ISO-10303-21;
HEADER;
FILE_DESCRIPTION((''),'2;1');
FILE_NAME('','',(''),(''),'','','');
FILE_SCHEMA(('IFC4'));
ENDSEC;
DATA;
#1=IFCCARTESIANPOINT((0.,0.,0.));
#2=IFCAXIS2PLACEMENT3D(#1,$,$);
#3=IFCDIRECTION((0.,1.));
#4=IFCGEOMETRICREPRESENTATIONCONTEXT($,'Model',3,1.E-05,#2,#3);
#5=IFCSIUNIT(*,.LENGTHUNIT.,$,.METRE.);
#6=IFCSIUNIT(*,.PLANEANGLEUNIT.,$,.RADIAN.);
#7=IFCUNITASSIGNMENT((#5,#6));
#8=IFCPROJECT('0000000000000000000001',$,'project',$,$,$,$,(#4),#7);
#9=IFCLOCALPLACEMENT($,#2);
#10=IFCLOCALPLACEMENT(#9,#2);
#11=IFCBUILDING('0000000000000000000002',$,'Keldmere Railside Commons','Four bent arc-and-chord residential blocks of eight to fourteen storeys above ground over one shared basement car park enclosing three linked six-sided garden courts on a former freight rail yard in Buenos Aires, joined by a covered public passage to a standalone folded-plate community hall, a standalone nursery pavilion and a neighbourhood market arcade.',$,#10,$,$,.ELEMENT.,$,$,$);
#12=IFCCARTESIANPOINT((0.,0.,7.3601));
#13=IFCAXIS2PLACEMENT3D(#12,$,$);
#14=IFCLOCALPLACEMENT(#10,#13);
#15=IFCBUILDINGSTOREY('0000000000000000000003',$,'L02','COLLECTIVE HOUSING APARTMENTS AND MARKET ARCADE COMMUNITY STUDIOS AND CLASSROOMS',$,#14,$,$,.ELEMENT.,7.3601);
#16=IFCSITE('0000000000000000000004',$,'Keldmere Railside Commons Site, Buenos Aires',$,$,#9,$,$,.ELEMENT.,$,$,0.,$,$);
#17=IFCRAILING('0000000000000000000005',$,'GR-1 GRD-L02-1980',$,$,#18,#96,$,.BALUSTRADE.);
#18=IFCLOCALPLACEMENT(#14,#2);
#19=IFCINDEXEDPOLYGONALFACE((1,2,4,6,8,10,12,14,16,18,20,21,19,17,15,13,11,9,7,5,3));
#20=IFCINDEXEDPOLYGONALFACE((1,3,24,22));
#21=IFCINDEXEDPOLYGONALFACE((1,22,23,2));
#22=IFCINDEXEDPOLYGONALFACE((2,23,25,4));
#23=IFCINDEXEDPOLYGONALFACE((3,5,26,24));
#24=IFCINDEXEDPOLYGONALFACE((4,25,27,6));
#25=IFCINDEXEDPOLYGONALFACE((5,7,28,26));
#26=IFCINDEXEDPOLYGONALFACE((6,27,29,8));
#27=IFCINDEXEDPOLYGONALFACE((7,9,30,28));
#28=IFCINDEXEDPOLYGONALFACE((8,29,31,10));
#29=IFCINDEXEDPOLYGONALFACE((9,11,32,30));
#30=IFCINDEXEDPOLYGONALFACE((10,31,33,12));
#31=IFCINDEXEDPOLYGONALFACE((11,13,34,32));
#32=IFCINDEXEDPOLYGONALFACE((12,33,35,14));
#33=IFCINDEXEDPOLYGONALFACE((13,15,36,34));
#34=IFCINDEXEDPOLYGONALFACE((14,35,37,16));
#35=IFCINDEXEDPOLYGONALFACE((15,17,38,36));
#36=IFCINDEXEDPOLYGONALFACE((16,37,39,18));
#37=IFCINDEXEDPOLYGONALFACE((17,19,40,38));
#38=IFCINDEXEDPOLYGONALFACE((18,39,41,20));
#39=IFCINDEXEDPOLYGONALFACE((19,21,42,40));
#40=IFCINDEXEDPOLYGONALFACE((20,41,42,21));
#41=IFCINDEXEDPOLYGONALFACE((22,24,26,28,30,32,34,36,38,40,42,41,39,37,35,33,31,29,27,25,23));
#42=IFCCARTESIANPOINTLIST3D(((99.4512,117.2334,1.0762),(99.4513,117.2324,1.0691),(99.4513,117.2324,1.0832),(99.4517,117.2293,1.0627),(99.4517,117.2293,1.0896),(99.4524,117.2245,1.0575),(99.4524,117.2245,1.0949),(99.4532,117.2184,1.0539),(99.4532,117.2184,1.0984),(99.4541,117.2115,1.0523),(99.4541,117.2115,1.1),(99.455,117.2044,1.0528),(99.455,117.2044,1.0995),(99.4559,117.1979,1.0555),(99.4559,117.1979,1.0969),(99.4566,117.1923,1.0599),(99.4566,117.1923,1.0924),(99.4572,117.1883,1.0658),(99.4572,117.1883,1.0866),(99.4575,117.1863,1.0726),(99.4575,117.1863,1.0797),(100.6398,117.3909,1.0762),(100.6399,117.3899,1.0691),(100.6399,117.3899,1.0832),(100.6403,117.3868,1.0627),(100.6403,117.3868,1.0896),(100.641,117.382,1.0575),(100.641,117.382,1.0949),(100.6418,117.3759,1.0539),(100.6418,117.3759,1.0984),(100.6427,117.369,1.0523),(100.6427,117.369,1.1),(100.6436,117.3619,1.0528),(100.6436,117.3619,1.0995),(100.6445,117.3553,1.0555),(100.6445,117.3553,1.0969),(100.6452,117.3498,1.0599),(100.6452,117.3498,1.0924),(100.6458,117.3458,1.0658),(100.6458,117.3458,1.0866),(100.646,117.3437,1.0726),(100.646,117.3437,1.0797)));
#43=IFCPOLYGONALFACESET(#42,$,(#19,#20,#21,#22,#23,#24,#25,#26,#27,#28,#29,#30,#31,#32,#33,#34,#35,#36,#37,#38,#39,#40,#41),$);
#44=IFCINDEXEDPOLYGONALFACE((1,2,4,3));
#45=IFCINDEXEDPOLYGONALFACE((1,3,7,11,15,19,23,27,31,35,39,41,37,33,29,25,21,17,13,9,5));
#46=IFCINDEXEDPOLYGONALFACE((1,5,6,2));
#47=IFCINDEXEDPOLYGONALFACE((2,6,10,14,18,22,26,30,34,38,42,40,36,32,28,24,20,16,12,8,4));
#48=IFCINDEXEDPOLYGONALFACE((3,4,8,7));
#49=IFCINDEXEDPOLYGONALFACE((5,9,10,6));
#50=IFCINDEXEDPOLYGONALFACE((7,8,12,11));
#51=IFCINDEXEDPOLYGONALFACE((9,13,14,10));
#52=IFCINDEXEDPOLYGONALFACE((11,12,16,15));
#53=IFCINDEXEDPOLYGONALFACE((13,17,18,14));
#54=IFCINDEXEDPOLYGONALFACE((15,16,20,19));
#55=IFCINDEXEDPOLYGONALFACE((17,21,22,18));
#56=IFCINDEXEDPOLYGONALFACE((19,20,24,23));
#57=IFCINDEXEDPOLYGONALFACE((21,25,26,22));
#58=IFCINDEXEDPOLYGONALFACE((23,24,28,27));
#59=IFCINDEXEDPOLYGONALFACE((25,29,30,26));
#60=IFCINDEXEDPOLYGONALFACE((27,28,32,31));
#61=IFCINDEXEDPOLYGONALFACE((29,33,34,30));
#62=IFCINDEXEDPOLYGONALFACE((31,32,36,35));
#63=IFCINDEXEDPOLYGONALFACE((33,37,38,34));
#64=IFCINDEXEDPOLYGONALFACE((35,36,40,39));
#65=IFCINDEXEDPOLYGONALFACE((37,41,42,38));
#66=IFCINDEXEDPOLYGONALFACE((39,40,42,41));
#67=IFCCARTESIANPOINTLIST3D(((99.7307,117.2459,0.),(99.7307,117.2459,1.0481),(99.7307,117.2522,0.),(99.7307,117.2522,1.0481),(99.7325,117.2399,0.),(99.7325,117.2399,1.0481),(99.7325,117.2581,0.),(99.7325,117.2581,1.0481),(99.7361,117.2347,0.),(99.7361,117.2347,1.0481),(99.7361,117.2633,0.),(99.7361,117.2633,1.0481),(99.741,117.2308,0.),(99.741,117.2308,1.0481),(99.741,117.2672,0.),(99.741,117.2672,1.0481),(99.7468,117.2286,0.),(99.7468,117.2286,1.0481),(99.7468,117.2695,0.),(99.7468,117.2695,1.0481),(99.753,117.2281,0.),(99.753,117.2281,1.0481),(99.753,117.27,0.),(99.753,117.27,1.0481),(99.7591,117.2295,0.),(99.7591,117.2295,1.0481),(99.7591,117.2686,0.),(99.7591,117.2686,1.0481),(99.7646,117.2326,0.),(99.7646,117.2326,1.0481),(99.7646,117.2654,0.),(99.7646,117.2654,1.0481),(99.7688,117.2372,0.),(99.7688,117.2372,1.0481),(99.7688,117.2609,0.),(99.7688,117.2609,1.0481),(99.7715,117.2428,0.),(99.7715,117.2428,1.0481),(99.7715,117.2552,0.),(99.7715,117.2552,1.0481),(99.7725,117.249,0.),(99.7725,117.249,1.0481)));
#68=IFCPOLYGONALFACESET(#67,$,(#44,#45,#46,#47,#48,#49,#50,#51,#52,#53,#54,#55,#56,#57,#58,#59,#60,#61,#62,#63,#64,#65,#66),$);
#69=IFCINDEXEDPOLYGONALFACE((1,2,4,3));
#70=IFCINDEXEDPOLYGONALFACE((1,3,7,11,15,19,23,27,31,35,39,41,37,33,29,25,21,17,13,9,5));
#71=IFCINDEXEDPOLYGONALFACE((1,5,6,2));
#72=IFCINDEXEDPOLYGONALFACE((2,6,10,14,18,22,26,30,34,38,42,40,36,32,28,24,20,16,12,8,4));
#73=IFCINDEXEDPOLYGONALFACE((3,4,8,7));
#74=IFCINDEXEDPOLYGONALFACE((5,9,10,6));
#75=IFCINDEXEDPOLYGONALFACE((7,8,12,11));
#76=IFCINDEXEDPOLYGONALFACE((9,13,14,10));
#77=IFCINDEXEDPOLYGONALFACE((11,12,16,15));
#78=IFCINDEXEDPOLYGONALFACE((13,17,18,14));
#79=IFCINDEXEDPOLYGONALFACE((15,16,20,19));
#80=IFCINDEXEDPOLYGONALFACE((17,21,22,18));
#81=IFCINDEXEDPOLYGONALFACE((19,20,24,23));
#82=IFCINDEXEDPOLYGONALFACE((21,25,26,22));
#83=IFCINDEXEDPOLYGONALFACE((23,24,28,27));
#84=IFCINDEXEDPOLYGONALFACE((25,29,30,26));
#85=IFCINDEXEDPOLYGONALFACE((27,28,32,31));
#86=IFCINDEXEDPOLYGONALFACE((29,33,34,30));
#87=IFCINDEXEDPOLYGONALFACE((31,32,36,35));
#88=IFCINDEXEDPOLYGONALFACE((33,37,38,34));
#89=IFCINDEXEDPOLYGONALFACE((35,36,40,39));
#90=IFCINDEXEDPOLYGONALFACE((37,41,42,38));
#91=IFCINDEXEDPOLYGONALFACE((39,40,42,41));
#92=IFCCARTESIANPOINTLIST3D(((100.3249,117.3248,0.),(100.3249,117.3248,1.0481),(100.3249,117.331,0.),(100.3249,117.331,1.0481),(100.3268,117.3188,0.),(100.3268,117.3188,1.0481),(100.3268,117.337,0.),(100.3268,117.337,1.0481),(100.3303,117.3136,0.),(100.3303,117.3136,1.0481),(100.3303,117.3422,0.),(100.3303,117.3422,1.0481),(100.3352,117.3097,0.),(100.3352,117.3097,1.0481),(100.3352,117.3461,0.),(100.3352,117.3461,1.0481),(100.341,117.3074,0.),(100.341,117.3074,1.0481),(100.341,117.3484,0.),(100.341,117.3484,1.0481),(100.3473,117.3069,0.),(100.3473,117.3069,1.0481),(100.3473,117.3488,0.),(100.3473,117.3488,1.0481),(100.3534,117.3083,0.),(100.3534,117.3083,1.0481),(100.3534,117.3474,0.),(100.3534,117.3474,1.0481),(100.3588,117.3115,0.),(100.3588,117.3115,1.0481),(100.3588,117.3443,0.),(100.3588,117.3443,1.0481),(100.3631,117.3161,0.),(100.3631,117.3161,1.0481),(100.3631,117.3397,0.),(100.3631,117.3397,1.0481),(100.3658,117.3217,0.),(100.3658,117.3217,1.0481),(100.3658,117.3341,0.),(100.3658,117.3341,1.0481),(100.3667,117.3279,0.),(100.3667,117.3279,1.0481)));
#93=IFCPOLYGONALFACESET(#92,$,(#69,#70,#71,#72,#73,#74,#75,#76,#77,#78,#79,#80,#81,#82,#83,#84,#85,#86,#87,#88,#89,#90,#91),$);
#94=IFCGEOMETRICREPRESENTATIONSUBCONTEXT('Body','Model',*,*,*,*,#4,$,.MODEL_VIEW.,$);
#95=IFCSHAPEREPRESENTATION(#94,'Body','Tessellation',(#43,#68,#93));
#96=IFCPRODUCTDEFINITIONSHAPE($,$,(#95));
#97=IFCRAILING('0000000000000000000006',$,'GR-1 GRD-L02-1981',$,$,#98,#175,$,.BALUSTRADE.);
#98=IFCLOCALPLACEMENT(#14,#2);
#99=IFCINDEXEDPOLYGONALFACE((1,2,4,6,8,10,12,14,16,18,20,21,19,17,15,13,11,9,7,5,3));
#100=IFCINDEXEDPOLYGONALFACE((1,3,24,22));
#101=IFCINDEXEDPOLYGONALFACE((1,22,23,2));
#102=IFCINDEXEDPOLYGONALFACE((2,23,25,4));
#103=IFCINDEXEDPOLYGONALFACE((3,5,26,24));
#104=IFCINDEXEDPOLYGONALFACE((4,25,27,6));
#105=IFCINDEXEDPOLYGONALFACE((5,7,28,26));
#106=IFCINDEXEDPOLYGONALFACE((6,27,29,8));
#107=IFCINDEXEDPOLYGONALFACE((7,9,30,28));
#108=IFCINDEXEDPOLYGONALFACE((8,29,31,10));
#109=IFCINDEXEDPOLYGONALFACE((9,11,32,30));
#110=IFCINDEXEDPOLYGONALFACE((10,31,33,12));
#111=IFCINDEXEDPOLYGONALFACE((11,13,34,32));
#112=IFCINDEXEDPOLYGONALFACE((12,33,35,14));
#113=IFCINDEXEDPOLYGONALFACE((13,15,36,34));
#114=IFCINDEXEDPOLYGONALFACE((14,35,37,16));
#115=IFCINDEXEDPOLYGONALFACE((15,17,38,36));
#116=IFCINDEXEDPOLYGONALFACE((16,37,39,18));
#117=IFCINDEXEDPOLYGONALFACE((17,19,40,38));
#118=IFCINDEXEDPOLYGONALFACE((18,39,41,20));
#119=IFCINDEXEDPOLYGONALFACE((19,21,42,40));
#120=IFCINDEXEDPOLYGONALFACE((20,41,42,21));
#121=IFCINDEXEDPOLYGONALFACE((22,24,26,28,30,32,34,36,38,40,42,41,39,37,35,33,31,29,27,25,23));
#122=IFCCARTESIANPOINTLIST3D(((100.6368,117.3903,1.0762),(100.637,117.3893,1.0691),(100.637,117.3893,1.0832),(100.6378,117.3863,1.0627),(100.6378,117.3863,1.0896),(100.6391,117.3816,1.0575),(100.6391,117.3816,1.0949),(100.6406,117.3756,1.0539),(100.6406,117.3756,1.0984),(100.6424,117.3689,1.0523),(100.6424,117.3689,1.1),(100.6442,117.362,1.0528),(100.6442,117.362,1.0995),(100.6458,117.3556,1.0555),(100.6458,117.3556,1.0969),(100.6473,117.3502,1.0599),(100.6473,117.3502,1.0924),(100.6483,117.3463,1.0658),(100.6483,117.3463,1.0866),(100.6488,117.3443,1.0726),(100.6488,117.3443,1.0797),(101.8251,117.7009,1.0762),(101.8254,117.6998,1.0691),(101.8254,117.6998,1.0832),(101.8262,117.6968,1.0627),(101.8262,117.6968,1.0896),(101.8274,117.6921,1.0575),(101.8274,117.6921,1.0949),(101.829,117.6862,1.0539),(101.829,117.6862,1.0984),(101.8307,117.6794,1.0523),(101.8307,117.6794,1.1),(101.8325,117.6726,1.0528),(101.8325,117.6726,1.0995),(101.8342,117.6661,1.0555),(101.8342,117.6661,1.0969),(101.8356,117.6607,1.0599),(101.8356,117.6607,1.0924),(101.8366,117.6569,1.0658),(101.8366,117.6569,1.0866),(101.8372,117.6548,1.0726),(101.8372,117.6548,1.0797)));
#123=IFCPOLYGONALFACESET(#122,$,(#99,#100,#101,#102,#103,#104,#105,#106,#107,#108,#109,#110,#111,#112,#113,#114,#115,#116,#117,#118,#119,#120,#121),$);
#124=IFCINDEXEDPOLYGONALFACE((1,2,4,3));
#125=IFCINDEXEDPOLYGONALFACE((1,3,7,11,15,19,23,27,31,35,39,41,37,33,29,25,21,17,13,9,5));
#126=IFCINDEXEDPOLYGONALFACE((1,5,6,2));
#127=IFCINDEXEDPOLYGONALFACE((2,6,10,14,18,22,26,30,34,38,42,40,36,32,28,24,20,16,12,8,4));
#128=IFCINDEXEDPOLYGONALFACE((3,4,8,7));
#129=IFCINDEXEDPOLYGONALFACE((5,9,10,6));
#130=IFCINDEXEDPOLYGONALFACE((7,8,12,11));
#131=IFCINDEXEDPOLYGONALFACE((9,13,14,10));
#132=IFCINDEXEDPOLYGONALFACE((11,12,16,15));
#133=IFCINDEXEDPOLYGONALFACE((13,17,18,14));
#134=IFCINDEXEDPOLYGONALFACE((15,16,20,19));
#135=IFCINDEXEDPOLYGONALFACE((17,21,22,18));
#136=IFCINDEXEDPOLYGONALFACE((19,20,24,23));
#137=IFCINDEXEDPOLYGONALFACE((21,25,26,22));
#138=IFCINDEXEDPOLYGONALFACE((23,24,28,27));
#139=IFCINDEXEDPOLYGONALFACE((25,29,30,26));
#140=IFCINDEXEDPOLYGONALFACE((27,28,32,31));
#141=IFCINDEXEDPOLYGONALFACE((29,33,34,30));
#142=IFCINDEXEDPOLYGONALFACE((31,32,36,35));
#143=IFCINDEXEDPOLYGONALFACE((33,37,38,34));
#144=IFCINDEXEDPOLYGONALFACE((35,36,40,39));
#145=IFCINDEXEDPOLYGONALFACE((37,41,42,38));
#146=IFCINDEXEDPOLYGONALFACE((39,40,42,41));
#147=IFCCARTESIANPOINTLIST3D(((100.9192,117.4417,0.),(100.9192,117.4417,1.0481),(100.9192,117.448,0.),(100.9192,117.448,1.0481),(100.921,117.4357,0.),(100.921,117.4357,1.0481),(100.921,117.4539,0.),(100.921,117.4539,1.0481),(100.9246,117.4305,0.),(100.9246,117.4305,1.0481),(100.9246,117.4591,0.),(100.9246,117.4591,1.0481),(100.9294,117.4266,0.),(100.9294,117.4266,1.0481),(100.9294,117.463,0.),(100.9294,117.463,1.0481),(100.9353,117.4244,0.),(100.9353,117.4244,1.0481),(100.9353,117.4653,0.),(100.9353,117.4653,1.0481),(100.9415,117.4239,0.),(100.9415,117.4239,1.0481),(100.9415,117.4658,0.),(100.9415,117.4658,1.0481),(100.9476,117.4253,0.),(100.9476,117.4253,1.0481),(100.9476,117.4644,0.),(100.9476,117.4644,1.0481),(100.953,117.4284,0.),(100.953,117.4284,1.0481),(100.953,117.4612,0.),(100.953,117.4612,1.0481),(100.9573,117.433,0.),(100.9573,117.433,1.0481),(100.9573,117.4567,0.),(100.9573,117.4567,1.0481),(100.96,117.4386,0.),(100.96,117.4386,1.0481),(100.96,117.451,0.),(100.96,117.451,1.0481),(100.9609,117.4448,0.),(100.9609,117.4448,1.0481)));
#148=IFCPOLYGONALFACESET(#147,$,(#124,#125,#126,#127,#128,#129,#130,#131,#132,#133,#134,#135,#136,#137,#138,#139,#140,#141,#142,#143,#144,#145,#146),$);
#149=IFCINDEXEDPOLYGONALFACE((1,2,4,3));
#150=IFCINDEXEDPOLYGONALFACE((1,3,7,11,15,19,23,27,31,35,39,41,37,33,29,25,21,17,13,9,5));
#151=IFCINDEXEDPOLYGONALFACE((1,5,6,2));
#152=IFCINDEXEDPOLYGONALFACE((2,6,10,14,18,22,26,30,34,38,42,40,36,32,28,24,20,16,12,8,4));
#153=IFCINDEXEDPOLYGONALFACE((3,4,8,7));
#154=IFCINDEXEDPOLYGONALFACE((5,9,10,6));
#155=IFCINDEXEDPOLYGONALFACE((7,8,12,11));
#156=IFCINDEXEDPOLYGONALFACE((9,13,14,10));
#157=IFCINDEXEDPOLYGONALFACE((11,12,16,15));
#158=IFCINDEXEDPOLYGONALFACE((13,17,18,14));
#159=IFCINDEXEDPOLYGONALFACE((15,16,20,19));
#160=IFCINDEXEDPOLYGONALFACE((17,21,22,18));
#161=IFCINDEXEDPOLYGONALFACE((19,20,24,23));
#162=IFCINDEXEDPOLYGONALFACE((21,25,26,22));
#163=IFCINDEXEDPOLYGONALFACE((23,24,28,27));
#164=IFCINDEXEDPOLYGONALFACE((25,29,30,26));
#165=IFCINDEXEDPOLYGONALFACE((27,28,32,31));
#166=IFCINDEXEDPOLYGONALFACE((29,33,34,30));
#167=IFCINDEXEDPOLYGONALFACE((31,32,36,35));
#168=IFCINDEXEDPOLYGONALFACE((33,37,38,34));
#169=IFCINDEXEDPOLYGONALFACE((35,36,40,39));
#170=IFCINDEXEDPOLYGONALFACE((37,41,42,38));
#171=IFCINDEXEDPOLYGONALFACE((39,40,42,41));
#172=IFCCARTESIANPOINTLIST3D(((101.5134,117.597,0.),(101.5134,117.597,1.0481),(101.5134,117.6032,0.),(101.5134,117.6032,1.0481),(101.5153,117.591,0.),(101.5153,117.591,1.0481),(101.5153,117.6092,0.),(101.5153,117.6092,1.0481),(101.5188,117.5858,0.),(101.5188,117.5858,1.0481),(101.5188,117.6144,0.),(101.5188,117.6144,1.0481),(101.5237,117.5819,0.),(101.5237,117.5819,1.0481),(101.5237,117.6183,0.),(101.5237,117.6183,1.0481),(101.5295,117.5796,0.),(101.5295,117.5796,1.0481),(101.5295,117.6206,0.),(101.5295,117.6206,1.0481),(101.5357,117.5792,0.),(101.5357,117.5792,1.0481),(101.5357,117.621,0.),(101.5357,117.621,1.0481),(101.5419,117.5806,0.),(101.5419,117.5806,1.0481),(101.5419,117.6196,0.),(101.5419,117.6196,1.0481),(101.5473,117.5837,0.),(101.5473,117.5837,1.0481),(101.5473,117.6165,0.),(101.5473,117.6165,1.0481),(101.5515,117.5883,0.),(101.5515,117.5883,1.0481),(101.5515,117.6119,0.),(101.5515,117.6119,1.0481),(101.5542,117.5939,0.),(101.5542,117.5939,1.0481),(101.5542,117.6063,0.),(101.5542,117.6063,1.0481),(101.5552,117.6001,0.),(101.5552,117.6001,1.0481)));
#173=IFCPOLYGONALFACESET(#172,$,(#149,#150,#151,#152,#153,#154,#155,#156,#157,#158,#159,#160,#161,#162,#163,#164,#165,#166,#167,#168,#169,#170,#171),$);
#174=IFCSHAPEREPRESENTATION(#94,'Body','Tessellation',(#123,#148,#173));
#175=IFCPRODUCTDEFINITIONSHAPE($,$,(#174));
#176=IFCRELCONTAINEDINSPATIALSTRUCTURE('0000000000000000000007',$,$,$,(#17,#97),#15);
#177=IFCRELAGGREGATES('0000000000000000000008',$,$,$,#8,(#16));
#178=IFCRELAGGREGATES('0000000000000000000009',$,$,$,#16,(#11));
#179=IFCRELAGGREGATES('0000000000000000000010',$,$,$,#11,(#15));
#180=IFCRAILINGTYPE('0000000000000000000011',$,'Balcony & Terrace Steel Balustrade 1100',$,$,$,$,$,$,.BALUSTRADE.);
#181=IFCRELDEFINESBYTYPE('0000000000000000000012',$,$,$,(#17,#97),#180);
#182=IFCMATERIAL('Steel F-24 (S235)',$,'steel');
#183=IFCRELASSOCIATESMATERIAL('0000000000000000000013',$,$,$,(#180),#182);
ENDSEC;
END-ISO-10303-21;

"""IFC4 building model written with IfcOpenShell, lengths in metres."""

from ifc_helpers import new_model, si_unit, direction, frame, origin, origin_2d, place, context, subcontext, project, spatial, circle, extrude, material, type_object, element, save


model = new_model("IFC4")

# Units and contexts
model_context = context("Model", 3, precision=1e-05, world=origin(), true_north=direction((0.0, 1.0)))
body_context = subcontext(model_context, "Body", "Model", "MODEL_VIEW")
ifc_project = project(units=[si_unit("LENGTHUNIT", "METRE"), si_unit("PLANEANGLEUNIT", "RADIAN")], contexts=[model_context])

# Site, building, storey
site_placement = place(None, origin())
site = spatial("IfcSite", under=ifc_project, at=site_placement, Name="Keldmere Railside Commons Site, Buenos Aires", CompositionType="ELEMENT", RefElevation=0.0)
building_placement = place(site_placement, origin())
building = spatial("IfcBuilding", under=site, at=building_placement, Name="Keldmere Railside Commons", Description="Four bent arc-and-chord residential blocks of eight to fourteen storeys above ground over one shared basement car park enclosing three linked six-sided garden courts on a former freight rail yard in Buenos Aires, joined by a covered public passage to a standalone folded-plate community hall, a standalone nursery pavilion and a neighbourhood market arcade.", CompositionType="ELEMENT")
storey_placement = place(building_placement, frame((0.0, 0.0, 7.3601)))
storey = spatial("IfcBuildingStorey", under=building, at=storey_placement, Name="L02", Description="COLLECTIVE HOUSING APARTMENTS AND MARKET ARCADE COMMUNITY STUDIOS AND CLASSROOMS", CompositionType="ELEMENT", Elevation=7.3601)

# Railings
ifc_material_1 = material(Name="Steel F-24 (S235)", Category="steel")
railing_type = type_object("IfcRailingType", Name="Balcony & Terrace Steel Balustrade 1100", PredefinedType="BALUSTRADE", material=ifc_material_1)
railing_1_placement = place(storey_placement, frame((99.4543, 117.2097, 0.0)))
element("IfcRailing", 1, at=railing_1_placement, inside=storey, type_object=railing_type, Name="GR-1 GRD-L02-1980", PredefinedType="BALUSTRADE", context=body_context, shape_type="SweptSolid", body=[
    extrude(circle(Radius=0.0239, at=origin_2d()), frame((0.0, 0.0, 1.0762), z_axis=(0.991336, 0.13135, 0.0), x_axis=(-0.13135, 0.991336, 0.0)), (0.0, 0.0, 1.0), 1.199),
    extrude(circle(Radius=0.021, at=origin_2d()), frame((0.2971, 0.0393, 0.0)), (0.0, 0.0, 1.0), 1.0481),
    extrude(circle(Radius=0.021, at=origin_2d()), frame((0.8914, 0.1182, 0.0)), (0.0, 0.0, 1.0), 1.0481),
])
railing_2_placement = place(storey_placement, frame((100.6428, 117.3672, 0.0)))
element("IfcRailing", 2, at=railing_2_placement, inside=storey, type_object=railing_type, Name="GR-1 GRD-L02-1981", PredefinedType="BALUSTRADE", context=body_context, shape_type="SweptSolid", body=[
    extrude(circle(Radius=0.0239, at=origin_2d()), frame((0.0, 0.0, 1.0762), z_axis=(0.967516, 0.25281, 0.0), x_axis=(-0.25281, 0.967516, 0.0)), (0.0, 0.0, 1.0), 1.2283),
    extrude(circle(Radius=0.021, at=origin_2d()), frame((0.2971, 0.0776, 0.0)), (0.0, 0.0, 1.0), 1.0481),
    extrude(circle(Radius=0.021, at=origin_2d()), frame((0.8914, 0.2329, 0.0)), (0.0, 0.0, 1.0), 1.0481),
])

save(model, "model.ifc")
